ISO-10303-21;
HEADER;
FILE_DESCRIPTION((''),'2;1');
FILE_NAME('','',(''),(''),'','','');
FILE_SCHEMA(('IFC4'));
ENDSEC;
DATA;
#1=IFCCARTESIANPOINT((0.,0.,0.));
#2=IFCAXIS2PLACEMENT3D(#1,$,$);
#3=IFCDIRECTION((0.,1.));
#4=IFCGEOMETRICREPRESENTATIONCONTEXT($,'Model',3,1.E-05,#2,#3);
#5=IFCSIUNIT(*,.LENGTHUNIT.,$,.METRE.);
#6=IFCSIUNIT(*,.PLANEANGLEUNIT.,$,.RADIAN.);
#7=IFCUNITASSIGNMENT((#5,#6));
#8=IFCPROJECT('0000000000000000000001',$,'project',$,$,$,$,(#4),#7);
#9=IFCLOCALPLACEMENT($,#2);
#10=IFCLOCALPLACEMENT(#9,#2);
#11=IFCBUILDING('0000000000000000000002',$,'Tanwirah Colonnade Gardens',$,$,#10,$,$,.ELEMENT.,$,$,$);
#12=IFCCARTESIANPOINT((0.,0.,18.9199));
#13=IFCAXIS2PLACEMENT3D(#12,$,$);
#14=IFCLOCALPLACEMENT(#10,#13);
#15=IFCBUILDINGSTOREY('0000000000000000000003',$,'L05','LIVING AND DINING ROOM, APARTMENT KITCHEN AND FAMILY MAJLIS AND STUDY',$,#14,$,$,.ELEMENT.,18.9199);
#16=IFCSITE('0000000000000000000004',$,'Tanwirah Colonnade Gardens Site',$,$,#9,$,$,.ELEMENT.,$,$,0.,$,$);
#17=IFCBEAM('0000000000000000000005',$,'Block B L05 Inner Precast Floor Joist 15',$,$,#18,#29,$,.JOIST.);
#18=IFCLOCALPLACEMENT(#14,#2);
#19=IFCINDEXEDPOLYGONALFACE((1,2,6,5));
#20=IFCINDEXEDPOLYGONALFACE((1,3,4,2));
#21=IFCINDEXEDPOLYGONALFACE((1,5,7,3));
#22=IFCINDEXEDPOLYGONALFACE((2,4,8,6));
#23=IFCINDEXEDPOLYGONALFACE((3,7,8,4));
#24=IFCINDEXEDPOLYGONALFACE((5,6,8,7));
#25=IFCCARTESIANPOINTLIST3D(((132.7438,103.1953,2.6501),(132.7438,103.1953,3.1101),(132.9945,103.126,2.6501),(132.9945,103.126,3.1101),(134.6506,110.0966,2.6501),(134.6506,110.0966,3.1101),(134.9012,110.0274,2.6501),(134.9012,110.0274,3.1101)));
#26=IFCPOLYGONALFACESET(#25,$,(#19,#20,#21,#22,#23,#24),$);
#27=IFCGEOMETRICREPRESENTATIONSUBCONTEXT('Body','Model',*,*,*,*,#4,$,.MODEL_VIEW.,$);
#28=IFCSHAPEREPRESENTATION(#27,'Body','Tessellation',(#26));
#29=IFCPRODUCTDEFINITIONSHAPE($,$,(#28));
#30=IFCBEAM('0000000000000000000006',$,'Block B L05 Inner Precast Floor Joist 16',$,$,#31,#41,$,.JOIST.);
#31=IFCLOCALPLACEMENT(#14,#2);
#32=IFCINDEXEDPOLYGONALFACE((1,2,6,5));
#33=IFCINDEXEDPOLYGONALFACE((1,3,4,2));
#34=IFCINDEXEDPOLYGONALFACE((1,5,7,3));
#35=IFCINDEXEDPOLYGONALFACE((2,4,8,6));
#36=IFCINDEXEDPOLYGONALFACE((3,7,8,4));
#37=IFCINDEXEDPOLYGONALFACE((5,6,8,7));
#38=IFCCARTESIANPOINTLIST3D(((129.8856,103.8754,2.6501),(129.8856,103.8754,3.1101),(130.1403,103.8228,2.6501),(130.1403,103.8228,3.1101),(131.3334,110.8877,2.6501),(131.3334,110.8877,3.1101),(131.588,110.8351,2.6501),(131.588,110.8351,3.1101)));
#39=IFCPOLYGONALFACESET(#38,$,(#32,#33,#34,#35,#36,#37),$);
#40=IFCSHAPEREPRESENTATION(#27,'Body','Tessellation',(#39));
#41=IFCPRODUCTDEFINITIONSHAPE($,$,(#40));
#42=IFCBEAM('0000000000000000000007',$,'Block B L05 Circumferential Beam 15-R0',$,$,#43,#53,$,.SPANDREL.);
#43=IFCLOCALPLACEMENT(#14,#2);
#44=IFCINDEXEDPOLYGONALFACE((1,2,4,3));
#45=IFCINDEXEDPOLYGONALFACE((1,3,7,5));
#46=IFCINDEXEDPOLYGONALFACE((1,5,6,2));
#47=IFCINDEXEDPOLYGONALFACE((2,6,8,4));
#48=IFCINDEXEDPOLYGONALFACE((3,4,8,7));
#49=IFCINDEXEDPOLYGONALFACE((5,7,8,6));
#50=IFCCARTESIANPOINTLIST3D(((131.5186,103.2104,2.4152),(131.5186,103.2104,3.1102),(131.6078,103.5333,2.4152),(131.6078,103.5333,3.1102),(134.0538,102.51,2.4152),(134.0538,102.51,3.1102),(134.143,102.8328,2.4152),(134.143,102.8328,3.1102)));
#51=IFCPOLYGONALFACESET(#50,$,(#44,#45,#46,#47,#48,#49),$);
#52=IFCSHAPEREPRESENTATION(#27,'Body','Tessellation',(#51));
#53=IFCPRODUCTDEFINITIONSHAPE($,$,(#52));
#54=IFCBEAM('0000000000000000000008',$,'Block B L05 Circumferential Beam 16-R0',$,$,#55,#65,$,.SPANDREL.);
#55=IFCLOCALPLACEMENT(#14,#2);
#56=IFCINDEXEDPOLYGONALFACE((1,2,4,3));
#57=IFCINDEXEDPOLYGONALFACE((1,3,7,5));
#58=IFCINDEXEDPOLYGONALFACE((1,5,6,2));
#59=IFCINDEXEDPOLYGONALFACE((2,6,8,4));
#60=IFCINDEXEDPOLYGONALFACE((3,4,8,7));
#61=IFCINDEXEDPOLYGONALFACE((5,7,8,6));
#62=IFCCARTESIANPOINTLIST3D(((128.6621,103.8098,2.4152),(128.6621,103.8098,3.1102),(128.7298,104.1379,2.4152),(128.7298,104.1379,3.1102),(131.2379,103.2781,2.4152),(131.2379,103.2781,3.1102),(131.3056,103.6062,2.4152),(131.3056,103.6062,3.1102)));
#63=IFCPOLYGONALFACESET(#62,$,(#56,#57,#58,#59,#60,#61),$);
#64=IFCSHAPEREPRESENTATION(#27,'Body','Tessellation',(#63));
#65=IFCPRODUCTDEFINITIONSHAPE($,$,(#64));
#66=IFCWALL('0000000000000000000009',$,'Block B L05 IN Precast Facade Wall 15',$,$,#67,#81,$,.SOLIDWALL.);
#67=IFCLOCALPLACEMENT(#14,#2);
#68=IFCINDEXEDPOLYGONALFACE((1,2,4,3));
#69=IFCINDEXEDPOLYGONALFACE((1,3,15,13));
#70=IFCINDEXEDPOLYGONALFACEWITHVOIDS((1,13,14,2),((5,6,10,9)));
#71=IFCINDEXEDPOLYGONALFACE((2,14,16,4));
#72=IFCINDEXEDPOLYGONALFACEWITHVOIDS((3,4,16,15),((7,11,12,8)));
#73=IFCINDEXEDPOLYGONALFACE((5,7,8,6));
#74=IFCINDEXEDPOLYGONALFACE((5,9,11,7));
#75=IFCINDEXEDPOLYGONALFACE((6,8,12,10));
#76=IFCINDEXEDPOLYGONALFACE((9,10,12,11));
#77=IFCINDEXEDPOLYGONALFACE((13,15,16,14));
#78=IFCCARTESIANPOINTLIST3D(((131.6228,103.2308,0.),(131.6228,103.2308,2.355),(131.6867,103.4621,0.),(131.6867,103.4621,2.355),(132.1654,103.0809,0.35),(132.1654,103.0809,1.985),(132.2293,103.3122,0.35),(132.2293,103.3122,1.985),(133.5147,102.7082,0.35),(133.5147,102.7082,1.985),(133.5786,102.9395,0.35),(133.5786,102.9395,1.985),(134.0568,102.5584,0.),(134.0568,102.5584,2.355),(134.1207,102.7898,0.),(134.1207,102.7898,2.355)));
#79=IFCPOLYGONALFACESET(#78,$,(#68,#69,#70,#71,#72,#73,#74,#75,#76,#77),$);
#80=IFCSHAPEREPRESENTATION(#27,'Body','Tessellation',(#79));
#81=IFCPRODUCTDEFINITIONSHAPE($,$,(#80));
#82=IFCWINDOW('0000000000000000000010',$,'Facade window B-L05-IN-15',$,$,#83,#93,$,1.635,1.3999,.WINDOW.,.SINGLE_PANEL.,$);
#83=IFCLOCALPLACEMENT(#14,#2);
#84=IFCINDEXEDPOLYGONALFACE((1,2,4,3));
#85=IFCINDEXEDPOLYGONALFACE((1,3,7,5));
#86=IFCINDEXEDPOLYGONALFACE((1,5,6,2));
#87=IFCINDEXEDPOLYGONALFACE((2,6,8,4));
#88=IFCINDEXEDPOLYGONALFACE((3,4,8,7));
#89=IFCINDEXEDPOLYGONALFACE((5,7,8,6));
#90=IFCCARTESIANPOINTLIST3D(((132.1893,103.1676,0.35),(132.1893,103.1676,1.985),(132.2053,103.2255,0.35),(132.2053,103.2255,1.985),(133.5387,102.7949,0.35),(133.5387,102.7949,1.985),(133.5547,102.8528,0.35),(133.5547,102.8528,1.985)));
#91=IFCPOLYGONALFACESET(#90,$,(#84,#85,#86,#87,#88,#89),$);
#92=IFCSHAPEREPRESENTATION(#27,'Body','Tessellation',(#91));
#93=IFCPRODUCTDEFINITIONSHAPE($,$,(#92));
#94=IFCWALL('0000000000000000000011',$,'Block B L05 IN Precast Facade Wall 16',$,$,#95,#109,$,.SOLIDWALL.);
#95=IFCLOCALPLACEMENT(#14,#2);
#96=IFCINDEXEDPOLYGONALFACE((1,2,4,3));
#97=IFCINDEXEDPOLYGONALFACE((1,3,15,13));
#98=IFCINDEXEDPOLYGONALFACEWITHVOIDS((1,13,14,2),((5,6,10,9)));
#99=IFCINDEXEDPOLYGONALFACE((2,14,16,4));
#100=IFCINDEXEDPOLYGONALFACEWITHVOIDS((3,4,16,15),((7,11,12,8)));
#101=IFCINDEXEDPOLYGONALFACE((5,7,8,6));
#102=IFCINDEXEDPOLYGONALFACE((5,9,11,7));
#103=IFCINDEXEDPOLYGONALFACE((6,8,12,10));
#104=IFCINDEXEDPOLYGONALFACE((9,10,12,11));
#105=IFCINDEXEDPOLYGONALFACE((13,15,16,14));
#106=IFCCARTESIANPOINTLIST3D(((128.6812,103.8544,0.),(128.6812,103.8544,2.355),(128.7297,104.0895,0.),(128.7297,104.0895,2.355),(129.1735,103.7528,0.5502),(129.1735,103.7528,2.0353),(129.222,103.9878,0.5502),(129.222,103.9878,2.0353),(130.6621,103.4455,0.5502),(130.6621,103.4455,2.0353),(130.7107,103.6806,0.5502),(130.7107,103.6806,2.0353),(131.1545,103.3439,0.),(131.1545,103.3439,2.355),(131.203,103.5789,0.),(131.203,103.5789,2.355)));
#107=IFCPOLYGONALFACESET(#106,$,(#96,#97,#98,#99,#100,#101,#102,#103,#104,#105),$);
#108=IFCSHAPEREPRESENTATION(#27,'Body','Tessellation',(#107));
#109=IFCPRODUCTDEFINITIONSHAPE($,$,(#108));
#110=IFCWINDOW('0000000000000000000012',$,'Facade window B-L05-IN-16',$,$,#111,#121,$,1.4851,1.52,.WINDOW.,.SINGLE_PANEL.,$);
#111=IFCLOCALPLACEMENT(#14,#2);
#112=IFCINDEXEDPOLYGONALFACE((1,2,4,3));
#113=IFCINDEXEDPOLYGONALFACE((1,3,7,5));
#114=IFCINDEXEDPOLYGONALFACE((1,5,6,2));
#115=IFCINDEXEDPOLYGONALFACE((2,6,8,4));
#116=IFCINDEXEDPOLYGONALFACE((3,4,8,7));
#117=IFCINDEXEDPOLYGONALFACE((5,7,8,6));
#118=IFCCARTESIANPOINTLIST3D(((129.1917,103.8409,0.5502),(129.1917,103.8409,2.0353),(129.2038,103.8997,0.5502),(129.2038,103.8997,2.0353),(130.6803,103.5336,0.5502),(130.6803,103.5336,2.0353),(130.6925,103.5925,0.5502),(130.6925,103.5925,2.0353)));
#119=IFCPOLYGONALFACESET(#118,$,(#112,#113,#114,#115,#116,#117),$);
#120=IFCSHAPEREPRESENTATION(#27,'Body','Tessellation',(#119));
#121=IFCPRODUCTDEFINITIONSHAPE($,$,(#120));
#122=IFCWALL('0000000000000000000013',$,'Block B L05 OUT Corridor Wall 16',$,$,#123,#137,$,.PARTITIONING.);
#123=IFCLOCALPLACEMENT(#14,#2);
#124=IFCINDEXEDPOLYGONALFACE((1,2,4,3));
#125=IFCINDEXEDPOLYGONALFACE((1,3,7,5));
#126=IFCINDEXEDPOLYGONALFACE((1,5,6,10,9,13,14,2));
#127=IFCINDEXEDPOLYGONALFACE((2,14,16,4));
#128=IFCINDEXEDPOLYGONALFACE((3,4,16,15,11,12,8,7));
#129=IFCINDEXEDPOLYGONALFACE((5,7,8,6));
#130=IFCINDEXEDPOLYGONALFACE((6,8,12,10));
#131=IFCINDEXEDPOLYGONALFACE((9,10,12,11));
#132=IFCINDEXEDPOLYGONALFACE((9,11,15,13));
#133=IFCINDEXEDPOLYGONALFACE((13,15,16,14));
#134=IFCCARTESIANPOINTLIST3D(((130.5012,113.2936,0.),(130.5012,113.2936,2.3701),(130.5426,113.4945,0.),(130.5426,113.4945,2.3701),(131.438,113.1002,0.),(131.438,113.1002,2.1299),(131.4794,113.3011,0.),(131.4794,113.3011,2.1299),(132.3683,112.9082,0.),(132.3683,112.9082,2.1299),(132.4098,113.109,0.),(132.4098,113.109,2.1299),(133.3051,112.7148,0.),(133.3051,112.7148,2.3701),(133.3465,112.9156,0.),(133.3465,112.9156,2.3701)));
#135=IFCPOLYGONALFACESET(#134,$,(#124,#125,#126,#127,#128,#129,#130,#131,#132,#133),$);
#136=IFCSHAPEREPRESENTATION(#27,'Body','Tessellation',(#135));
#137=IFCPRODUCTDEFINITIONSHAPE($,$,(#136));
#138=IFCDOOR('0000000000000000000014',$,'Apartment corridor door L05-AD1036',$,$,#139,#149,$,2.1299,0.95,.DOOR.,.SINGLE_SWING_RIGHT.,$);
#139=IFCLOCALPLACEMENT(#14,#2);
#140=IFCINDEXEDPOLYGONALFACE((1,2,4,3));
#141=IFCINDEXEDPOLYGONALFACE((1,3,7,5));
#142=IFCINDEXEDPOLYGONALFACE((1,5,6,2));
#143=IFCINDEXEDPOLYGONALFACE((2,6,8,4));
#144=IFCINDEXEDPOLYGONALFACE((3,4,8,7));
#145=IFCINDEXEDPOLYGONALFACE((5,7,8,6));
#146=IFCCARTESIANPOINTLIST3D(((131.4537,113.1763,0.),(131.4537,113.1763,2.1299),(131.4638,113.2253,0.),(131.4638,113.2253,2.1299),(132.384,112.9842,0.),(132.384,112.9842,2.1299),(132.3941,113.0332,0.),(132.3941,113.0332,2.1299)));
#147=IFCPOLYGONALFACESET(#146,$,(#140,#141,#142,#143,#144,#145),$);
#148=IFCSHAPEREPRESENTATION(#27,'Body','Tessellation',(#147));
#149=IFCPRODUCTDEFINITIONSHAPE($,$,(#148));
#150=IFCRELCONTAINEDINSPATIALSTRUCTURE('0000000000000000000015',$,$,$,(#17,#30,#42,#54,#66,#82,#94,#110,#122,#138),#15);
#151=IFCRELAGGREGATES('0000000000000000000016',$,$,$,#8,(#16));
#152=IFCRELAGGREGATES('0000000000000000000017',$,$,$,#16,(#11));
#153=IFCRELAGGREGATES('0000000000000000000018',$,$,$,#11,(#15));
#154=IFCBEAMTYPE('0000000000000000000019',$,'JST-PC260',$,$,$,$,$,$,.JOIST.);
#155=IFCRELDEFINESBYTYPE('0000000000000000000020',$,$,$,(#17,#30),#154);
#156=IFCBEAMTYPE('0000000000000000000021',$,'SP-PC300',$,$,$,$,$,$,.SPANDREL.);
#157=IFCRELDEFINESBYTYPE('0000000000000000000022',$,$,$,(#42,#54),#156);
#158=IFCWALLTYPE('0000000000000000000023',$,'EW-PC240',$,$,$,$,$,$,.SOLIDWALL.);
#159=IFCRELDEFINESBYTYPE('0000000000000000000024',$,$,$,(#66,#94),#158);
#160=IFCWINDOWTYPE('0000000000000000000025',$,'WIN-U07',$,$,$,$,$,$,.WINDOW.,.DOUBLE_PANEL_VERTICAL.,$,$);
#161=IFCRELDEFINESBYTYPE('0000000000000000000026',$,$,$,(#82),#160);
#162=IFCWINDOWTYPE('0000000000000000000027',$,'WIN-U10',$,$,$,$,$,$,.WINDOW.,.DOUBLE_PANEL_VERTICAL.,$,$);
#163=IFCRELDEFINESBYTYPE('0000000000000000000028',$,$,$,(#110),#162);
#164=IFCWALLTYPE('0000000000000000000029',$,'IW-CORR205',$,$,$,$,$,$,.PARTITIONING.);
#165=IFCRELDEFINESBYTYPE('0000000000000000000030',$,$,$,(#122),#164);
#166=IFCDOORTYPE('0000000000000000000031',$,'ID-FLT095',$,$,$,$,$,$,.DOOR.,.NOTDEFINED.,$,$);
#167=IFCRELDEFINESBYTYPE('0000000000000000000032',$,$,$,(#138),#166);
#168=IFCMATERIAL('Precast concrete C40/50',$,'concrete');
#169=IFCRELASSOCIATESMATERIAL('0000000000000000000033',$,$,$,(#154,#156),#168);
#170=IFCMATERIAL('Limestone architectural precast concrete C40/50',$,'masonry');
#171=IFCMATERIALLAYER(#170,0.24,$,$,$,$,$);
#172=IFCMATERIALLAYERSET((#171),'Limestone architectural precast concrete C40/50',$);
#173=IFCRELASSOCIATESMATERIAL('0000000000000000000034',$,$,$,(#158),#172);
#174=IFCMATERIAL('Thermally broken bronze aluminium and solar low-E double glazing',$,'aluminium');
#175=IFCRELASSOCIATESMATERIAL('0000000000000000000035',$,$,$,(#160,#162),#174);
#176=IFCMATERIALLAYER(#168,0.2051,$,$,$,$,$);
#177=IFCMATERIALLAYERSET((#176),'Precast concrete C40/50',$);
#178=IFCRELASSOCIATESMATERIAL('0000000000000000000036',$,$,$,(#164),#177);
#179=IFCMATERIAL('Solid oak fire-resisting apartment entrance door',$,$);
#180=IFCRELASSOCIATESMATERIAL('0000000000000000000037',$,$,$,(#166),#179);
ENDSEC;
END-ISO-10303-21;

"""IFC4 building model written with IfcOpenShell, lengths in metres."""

from ifc_helpers import new_model, si_unit, direction, frame, frame_2d, origin, origin_2d, place, context, subcontext, project, spatial, rectangle, extrude, material, layer, layer_set, material_profile, profile_set, type_object, element, fill, save


model = new_model("IFC4")

# Units and contexts
model_context = context("Model", 3, precision=1e-05, world=origin(), true_north=direction((0.0, 1.0)))
body_context = subcontext(model_context, "Body", "Model", "MODEL_VIEW")
ifc_project = project(units=[si_unit("LENGTHUNIT", "METRE"), si_unit("PLANEANGLEUNIT", "RADIAN")], contexts=[model_context])

# Site, building, storey
site_placement = place(None, origin())
site = spatial("IfcSite", under=ifc_project, at=site_placement, Name="Tanwirah Colonnade Gardens Site", CompositionType="ELEMENT", RefElevation=0.0)
building_placement = place(site_placement, origin())
building = spatial("IfcBuilding", under=site, at=building_placement, Name="Tanwirah Colonnade Gardens", CompositionType="ELEMENT")
storey_placement = place(building_placement, frame((0.0, 0.0, 18.9199)))
storey = spatial("IfcBuildingStorey", under=building, at=storey_placement, Name="L05", Description="LIVING AND DINING ROOM, APARTMENT KITCHEN AND FAMILY MAJLIS AND STUDY", CompositionType="ELEMENT", Elevation=18.9199)

# Shared definitions
ifc_material_1 = material(Name="Precast concrete C40/50", Category="concrete")

# Beams
ifc_material_profile_1 = material_profile(ifc_material_1, rectangle(XDim=0.26, YDim=0.46, at=origin_2d()), Name="PC-JST 260x460")
ifc_profile_set_1 = profile_set([ifc_material_profile_1], Name="Precast concrete C40/50")
beam_type_1 = type_object("IfcBeamType", Name="JST-PC260", PredefinedType="JOIST", material=ifc_profile_set_1)
beam_1_placement = place(storey_placement, frame((132.8691, 103.1606, 2.8801), z_axis=(0.266307, 0.963888, 0.0), x_axis=(-0.963888, 0.266307, 0.0)))
element("IfcBeam", 1, at=beam_1_placement, inside=storey, type_object=beam_type_1, Name="Block B L05 Inner Precast Floor Joist 15", PredefinedType="JOIST", context=body_context, shape_type="SweptSolid", body=[
    extrude(rectangle(XDim=0.26, YDim=0.46, at=origin_2d()), origin(), (0.0, 0.0, 1.0), 7.1599),
])
beam_2_placement = place(storey_placement, frame((130.0129, 103.8491, 2.8801), z_axis=(0.202197, 0.979345, 0.0), x_axis=(-0.979345, 0.202197, 0.0)))
element("IfcBeam", 2, at=beam_2_placement, inside=storey, type_object=beam_type_1, Name="Block B L05 Inner Precast Floor Joist 16", PredefinedType="JOIST", context=body_context, shape_type="SweptSolid", body=[
    extrude(rectangle(XDim=0.26, YDim=0.46, at=origin_2d()), origin(), (0.0, 0.0, 1.0), 7.1602),
])
ifc_material_profile_2 = material_profile(ifc_material_1, rectangle(XDim=0.335, YDim=0.6951, at=origin_2d()), Name="PC-SP 335x695")
ifc_profile_set_2 = profile_set([ifc_material_profile_2], Name="Precast concrete C40/50")
beam_type_2 = type_object("IfcBeamType", Name="SP-PC300", PredefinedType="SPANDREL", material=ifc_profile_set_2)
for number, where, z_axis, x_axis, name in (
    (3, (134.0984, 102.6714, 2.7627), (-0.963887, 0.266313, 0.0), (-0.266313, -0.963887, 0.0), "Block B L05 Circumferential Beam 15-R0"),
    (4, (131.2717, 103.4421, 2.7627), (-0.979352, 0.202164, 0.0), (-0.202164, -0.979352, 0.0), "Block B L05 Circumferential Beam 16-R0"),
):
    element("IfcBeam", number, at=place(storey_placement, frame(where, z_axis=z_axis, x_axis=x_axis)), inside=storey, type_object=beam_type_2, Name=name, PredefinedType="SPANDREL", context=body_context, shape_type="SweptSolid", body=[
        extrude(rectangle(XDim=0.335, YDim=0.6951, at=origin_2d()), origin(), (0.0, 0.0, 1.0), 2.6301),
    ])

# Walls, openings, windows
ifc_material_2 = material(Name="Limestone architectural precast concrete C40/50", Category="masonry")
ifc_layer_1 = layer(ifc_material_2, 0.24)
ifc_layer_set_1 = layer_set([ifc_layer_1], Name="Limestone architectural precast concrete C40/50")
wall_type_1 = type_object("IfcWallType", Name="EW-PC240", PredefinedType="SOLIDWALL", material=ifc_layer_set_1)
wall_1_placement = place(storey_placement, frame((134.0889, 102.6741, 0.0), z_axis=(0.0, 0.0, 1.0), x_axis=(-0.963902, 0.266257, 0.0)))
wall_1 = element("IfcWall", 5, at=wall_1_placement, inside=storey, type_object=wall_type_1, Name="Block B L05 IN Precast Facade Wall 15", PredefinedType="SOLIDWALL", context=body_context, shape_type="SweptSolid", body=[
    extrude(rectangle(XDim=2.5251, YDim=0.24, at=frame_2d((1.2627, 0.0))), origin(), (0.0, 0.0, 1.0), 2.355),
])
opening_1_placement = place(wall_1_placement, frame((0.5625, 0.0, 0.3501)))
opening_1 = element("IfcOpeningElement", 6, at=opening_1_placement, cuts=wall_1, PredefinedType="OPENING", context=body_context, shape_type="SweptSolid", body=[
    extrude(rectangle(XDim=1.3999, YDim=1.635, at=frame_2d((0.7, 0.8174))), frame((0.0, 0.1299, 0.0), z_axis=(0.0, -1.0, 0.0), x_axis=(1.0, 0.0, 0.0)), (0.0, 0.0, 1.0), 0.26),
])
ifc_material_3 = material(Name="Thermally broken bronze aluminium and solar low-E double glazing", Category="aluminium")
window_type_1 = type_object("IfcWindowType", Name="WIN-U07", PartitioningType="DOUBLE_PANEL_VERTICAL", PredefinedType="WINDOW", material=ifc_material_3)
window_1_placement = place(opening_1_placement, origin())
window_1 = element("IfcWindow", 7, at=window_1_placement, inside=storey, type_object=window_type_1, Name="Facade window B-L05-IN-15", OverallHeight=1.635, OverallWidth=1.3999, PartitioningType="SINGLE_PANEL", PredefinedType="WINDOW", context=body_context, shape_type="SweptSolid", body=[
    extrude(rectangle(XDim=1.3999, YDim=1.635, at=frame_2d((0.7, 0.8174))), frame((0.0, 0.03, 0.0), z_axis=(0.0, -1.0, 0.0), x_axis=(1.0, 0.0, 0.0)), (0.0, 0.0, 1.0), 0.0601),
])
fill(opening_1, window_1)
wall_2_placement = place(storey_placement, frame((131.1787, 103.4614, 0.0), z_axis=(0.0, 0.0, 1.0), x_axis=(-0.979354, 0.202155, 0.0)))
wall_2 = element("IfcWall", 8, at=wall_2_placement, inside=storey, type_object=wall_type_1, Name="Block B L05 IN Precast Facade Wall 16", PredefinedType="SOLIDWALL", context=body_context, shape_type="SweptSolid", body=[
    extrude(rectangle(XDim=2.5254, YDim=0.24, at=frame_2d((1.2627, 0.0))), origin(), (0.0, 0.0, 1.0), 2.355),
])
opening_2_placement = place(wall_2_placement, frame((0.5027, 0.0, 0.55)))
opening_2 = element("IfcOpeningElement", 9, at=opening_2_placement, cuts=wall_2, PredefinedType="OPENING", context=body_context, shape_type="SweptSolid", body=[
    extrude(rectangle(XDim=1.52, YDim=1.4851, at=frame_2d((0.76, 0.7427))), frame((0.0, 0.1299, 0.0), z_axis=(0.0, -1.0, 0.0), x_axis=(1.0, 0.0, 0.0)), (0.0, 0.0, 1.0), 0.26),
])
window_type_2 = type_object("IfcWindowType", Name="WIN-U10", PartitioningType="DOUBLE_PANEL_VERTICAL", PredefinedType="WINDOW", material=ifc_material_3)
window_2_placement = place(opening_2_placement, origin())
window_2 = element("IfcWindow", 10, at=window_2_placement, inside=storey, type_object=window_type_2, Name="Facade window B-L05-IN-16", OverallHeight=1.4851, OverallWidth=1.52, PartitioningType="SINGLE_PANEL", PredefinedType="WINDOW", context=body_context, shape_type="SweptSolid", body=[
    extrude(rectangle(XDim=1.52, YDim=1.4851, at=frame_2d((0.76, 0.7427))), frame((0.0, 0.03, 0.0), z_axis=(0.0, -1.0, 0.0), x_axis=(1.0, 0.0, 0.0)), (0.0, 0.0, 1.0), 0.0601),
])
fill(opening_2, window_2)

# Wall, opening, door
ifc_layer_2 = layer(ifc_material_1, 0.2051)
ifc_layer_set_2 = layer_set([ifc_layer_2], Name="Precast concrete C40/50")
wall_type_2 = type_object("IfcWallType", Name="IW-CORR205", PredefinedType="PARTITIONING", material=ifc_layer_set_2)
wall_3_placement = place(storey_placement, frame((133.3259, 112.8152, 0.0), z_axis=(0.0, 0.0, 1.0), x_axis=(-0.979348, 0.20218, 0.0)))
wall_3 = element("IfcWall", 11, at=wall_3_placement, inside=storey, type_object=wall_type_2, Name="Block B L05 OUT Corridor Wall 16", PredefinedType="PARTITIONING", context=body_context, shape_type="SweptSolid", body=[
    extrude(rectangle(XDim=2.863, YDim=0.2051, at=frame_2d((1.4316, 0.0))), origin(), (0.0, 0.0, 1.0), 2.3701),
])
opening_3_placement = place(wall_3_placement, frame((0.9565, 0.0, 0.0)))
opening_3 = element("IfcOpeningElement", 12, at=opening_3_placement, cuts=wall_3, PredefinedType="OPENING", context=body_context, shape_type="SweptSolid", body=[
    extrude(rectangle(XDim=0.95, YDim=2.1299, at=frame_2d((0.4751, 1.0649))), frame((0.0, 0.1125, 0.0), z_axis=(0.0, -1.0, 0.0), x_axis=(1.0, 0.0, 0.0)), (0.0, 0.0, 1.0), 0.2251),
])
ifc_material_4 = material(Name="Solid oak fire-resisting apartment entrance door")
door_type = type_object("IfcDoorType", Name="ID-FLT095", OperationType="NOTDEFINED", PredefinedType="DOOR", material=ifc_material_4)
door_1_placement = place(opening_3_placement, origin())
door_1 = element("IfcDoor", 13, at=door_1_placement, inside=storey, type_object=door_type, Name="Apartment corridor door L05-AD1036", OperationType="SINGLE_SWING_RIGHT", OverallHeight=2.1299, OverallWidth=0.95, PredefinedType="DOOR", context=body_context, shape_type="SweptSolid", body=[
    extrude(rectangle(XDim=0.95, YDim=2.1299, at=frame_2d((0.4751, 1.0649))), frame((0.0, 0.0249, 0.0), z_axis=(0.0, -1.0, 0.0), x_axis=(1.0, 0.0, 0.0)), (0.0, 0.0, 1.0), 0.05),
])
fill(opening_3, door_1)

save(model, "model.ifc")
